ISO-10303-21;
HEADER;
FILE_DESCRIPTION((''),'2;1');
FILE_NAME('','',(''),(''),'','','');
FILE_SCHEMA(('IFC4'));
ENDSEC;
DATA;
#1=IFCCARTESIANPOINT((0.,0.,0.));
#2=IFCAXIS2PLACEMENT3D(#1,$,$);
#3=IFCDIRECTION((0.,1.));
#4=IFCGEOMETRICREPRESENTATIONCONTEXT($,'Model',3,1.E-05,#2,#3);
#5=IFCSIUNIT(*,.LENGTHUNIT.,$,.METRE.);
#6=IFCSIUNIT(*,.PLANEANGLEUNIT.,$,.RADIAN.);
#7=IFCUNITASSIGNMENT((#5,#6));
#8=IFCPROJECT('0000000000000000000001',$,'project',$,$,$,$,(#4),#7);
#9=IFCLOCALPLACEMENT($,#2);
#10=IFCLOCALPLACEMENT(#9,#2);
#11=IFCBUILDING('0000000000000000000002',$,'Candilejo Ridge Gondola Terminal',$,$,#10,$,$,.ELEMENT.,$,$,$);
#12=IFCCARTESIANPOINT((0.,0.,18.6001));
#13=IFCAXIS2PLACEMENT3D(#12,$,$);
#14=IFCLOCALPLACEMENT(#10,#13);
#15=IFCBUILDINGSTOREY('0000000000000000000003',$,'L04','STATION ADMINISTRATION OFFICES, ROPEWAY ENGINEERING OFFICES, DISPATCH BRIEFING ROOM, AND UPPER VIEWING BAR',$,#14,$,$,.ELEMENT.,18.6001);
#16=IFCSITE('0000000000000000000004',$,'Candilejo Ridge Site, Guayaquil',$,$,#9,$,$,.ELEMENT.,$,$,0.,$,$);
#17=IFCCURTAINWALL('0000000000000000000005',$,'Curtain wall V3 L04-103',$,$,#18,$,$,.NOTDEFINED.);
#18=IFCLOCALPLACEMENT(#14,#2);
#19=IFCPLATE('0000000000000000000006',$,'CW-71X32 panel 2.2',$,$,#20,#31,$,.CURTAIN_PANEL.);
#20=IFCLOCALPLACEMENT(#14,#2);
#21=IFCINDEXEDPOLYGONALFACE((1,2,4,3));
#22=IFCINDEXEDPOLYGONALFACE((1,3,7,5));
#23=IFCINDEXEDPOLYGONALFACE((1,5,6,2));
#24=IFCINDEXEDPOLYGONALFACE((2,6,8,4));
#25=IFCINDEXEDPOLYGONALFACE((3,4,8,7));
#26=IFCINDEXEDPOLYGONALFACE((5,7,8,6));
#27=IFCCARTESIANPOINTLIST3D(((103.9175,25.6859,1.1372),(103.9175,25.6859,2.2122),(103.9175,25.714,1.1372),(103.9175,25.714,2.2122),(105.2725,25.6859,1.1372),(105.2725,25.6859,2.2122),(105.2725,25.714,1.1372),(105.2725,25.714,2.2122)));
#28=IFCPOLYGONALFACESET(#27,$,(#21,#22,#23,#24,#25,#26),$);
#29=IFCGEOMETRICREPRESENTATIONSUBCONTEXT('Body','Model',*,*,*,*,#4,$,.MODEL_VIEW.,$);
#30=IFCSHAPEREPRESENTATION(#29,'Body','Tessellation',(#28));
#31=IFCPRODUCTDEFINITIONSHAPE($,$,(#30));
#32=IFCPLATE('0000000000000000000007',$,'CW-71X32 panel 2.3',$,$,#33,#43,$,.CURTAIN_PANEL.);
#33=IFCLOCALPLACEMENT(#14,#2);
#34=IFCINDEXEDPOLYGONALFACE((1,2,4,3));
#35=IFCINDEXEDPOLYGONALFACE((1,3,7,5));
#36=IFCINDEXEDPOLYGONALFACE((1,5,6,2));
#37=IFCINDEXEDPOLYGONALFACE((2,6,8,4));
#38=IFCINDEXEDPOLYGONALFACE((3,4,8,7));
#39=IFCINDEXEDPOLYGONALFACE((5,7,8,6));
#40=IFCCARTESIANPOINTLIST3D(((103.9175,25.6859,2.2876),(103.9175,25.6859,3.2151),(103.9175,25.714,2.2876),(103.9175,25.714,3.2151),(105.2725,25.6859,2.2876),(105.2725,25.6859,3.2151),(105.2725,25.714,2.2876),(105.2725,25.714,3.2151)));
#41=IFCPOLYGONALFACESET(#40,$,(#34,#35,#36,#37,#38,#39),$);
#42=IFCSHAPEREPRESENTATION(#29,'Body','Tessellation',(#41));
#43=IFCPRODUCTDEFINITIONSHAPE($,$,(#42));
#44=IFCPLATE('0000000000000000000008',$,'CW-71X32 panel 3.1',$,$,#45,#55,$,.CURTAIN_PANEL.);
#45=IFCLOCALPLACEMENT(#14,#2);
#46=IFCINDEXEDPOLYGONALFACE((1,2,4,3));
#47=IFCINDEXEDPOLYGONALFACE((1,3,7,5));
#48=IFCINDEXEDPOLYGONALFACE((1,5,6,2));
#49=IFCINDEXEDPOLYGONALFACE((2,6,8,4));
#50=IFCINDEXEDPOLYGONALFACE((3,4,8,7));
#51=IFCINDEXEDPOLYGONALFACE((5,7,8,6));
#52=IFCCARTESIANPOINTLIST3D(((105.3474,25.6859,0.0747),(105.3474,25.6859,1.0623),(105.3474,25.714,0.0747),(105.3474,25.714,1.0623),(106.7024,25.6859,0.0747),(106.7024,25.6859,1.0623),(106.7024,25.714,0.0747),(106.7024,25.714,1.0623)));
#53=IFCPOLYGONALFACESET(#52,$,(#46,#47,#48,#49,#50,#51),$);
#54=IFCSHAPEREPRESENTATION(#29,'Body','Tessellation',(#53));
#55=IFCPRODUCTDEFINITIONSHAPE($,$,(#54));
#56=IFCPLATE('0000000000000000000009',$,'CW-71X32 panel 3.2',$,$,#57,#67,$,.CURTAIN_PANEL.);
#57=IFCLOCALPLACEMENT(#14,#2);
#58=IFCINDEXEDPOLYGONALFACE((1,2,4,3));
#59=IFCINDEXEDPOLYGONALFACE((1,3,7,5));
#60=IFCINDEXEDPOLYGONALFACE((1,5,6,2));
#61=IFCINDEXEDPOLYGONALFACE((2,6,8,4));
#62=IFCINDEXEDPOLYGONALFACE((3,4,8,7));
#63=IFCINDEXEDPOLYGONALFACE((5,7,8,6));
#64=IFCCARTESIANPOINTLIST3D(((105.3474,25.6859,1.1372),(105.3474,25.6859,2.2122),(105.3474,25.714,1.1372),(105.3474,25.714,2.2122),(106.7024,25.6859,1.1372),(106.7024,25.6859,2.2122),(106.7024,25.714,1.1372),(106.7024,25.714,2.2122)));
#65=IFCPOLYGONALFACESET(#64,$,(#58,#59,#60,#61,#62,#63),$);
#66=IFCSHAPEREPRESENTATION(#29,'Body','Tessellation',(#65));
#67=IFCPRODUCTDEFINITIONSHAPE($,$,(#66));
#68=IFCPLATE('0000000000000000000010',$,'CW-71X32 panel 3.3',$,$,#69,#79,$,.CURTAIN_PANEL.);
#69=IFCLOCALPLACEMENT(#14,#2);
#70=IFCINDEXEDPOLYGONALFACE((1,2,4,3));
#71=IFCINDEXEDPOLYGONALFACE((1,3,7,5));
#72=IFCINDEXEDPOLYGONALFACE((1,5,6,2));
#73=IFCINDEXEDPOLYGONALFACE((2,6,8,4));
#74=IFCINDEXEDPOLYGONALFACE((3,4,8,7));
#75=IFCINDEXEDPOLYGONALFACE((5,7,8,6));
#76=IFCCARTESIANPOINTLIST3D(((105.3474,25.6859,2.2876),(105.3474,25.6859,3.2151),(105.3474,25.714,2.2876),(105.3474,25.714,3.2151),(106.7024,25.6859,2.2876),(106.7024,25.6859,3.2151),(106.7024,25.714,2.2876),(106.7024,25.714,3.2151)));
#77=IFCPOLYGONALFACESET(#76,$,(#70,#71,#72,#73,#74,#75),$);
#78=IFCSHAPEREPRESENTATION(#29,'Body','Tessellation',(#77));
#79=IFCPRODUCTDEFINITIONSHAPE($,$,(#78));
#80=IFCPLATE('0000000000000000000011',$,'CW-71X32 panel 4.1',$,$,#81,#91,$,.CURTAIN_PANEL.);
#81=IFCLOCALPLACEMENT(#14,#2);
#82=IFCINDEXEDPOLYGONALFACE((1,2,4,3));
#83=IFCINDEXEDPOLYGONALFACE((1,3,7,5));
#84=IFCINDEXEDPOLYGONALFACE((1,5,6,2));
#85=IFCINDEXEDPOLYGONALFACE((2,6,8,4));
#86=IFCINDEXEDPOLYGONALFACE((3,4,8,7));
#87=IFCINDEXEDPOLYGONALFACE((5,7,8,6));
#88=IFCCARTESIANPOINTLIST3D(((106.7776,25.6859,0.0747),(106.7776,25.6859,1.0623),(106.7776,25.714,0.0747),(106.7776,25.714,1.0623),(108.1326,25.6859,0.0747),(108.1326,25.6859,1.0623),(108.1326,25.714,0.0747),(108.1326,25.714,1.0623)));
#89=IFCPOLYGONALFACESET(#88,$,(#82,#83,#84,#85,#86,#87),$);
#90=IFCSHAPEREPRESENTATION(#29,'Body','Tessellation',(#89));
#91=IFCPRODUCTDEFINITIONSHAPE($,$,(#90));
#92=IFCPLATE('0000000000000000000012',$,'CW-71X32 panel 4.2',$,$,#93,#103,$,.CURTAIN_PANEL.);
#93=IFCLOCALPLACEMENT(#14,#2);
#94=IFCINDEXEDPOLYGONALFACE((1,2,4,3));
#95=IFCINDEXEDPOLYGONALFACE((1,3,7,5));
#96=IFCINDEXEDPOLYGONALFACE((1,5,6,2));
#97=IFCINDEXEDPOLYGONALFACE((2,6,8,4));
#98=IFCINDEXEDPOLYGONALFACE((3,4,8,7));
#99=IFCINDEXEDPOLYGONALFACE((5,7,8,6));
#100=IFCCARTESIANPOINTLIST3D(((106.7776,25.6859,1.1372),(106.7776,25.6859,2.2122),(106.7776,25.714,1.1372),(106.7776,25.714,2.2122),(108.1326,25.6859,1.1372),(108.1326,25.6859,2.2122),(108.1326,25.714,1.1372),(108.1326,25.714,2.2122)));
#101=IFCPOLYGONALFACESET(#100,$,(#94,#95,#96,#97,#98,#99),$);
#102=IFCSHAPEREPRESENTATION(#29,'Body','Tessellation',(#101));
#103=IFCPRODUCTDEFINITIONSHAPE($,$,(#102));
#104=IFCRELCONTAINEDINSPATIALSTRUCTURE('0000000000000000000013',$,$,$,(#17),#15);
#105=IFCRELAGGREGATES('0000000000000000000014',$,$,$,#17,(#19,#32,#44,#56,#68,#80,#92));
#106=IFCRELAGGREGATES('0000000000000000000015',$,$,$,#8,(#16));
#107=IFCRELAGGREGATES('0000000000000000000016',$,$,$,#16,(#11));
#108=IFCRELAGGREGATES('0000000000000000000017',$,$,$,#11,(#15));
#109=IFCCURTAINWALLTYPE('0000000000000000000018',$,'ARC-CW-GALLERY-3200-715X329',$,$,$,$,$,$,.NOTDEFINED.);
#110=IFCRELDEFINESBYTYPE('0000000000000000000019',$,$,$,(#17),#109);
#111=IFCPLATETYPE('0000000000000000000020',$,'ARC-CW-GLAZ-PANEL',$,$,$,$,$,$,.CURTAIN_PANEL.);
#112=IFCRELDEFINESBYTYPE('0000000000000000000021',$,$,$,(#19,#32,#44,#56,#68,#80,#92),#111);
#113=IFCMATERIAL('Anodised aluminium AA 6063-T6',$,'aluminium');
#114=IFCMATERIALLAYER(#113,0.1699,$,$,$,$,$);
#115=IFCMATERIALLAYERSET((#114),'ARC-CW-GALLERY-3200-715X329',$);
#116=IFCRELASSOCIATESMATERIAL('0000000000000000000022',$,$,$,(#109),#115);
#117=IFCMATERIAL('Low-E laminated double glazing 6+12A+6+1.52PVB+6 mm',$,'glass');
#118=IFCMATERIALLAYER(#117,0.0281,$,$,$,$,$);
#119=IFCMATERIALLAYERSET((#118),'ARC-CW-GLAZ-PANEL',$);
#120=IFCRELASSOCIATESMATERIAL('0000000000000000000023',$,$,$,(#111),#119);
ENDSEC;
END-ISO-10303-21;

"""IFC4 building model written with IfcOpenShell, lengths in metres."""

from ifc_helpers import new_model, si_unit, direction, frame, origin, origin_2d, place, context, subcontext, project, spatial, rectangle, extrude, material, layer, layer_set, type_object, element, aggregate, save


model = new_model("IFC4")

# Units and contexts
model_context = context("Model", 3, precision=1e-05, world=origin(), true_north=direction((0.0, 1.0)))
body_context = subcontext(model_context, "Body", "Model", "MODEL_VIEW")
ifc_project = project(units=[si_unit("LENGTHUNIT", "METRE"), si_unit("PLANEANGLEUNIT", "RADIAN")], contexts=[model_context])

# Site, building, storey
site_placement = place(None, origin())
site = spatial("IfcSite", under=ifc_project, at=site_placement, Name="Candilejo Ridge Site, Guayaquil", CompositionType="ELEMENT", RefElevation=0.0)
building_placement = place(site_placement, origin())
building = spatial("IfcBuilding", under=site, at=building_placement, Name="Candilejo Ridge Gondola Terminal", CompositionType="ELEMENT")
storey_placement = place(building_placement, frame((0.0, 0.0, 18.6001)))
storey = spatial("IfcBuildingStorey", under=building, at=storey_placement, Name="L04", Description="STATION ADMINISTRATION OFFICES, ROPEWAY ENGINEERING OFFICES, DISPATCH BRIEFING ROOM, AND UPPER VIEWING BAR", CompositionType="ELEMENT", Elevation=18.6001)

# Curtain wall, plates
ifc_material_1 = material(Name="Anodised aluminium AA 6063-T6", Category="aluminium")
ifc_layer_1 = layer(ifc_material_1, 0.1699)
ifc_layer_set_1 = layer_set([ifc_layer_1], Name="ARC-CW-GALLERY-3200-715X329")
curtain_wall_type = type_object("IfcCurtainWallType", Name="ARC-CW-GALLERY-3200-715X329", PredefinedType="NOTDEFINED", material=ifc_layer_set_1)
curtain_wall_placement = place(storey_placement, origin())
curtain_wall = element("IfcCurtainWall", 1, at=curtain_wall_placement, inside=storey, type_object=curtain_wall_type, Name="Curtain wall V3 L04-103", PredefinedType="NOTDEFINED")
ifc_material_2 = material(Name="Low-E laminated double glazing 6+12A+6+1.52PVB+6 mm", Category="glass")
ifc_layer_2 = layer(ifc_material_2, 0.0281)
ifc_layer_set_2 = layer_set([ifc_layer_2], Name="ARC-CW-GLAZ-PANEL")
plate_type = type_object("IfcPlateType", Name="ARC-CW-GLAZ-PANEL", PredefinedType="CURTAIN_PANEL", material=ifc_layer_set_2)
plate_1_placement = place(storey_placement, frame((104.595, 25.7, 1.1372), z_axis=(0.0, 0.0, 1.0), x_axis=(1.0, 0.0, 0.0)))
plate_1 = element("IfcPlate", 2, at=plate_1_placement, type_object=plate_type, Name="CW-71X32 panel 2.2", PredefinedType="CURTAIN_PANEL", context=body_context, shape_type="SweptSolid", body=[
    extrude(rectangle(XDim=1.355, YDim=0.0281, at=origin_2d()), origin(), (0.0, 0.0, 1.0), 1.075),
])
plate_2_placement = place(storey_placement, frame((104.595, 25.7, 2.2876), z_axis=(0.0, 0.0, 1.0), x_axis=(1.0, 0.0, 0.0)))
plate_2 = element("IfcPlate", 3, at=plate_2_placement, type_object=plate_type, Name="CW-71X32 panel 2.3", PredefinedType="CURTAIN_PANEL", context=body_context, shape_type="SweptSolid", body=[
    extrude(rectangle(XDim=1.355, YDim=0.0281, at=origin_2d()), origin(), (0.0, 0.0, 1.0), 0.9275),
])
plate_3_placement = place(storey_placement, frame((106.0249, 25.7, 0.0747), z_axis=(0.0, 0.0, 1.0), x_axis=(1.0, 0.0, 0.0)))
plate_3 = element("IfcPlate", 4, at=plate_3_placement, type_object=plate_type, Name="CW-71X32 panel 3.1", PredefinedType="CURTAIN_PANEL", context=body_context, shape_type="SweptSolid", body=[
    extrude(rectangle(XDim=1.355, YDim=0.0281, at=origin_2d()), origin(), (0.0, 0.0, 1.0), 0.9875),
])
plate_4_placement = place(storey_placement, frame((106.0249, 25.7, 1.1372), z_axis=(0.0, 0.0, 1.0), x_axis=(1.0, 0.0, 0.0)))
plate_4 = element("IfcPlate", 5, at=plate_4_placement, type_object=plate_type, Name="CW-71X32 panel 3.2", PredefinedType="CURTAIN_PANEL", context=body_context, shape_type="SweptSolid", body=[
    extrude(rectangle(XDim=1.355, YDim=0.0281, at=origin_2d()), origin(), (0.0, 0.0, 1.0), 1.075),
])
plate_5_placement = place(storey_placement, frame((106.0249, 25.7, 2.2876), z_axis=(0.0, 0.0, 1.0), x_axis=(1.0, 0.0, 0.0)))
plate_5 = element("IfcPlate", 6, at=plate_5_placement, type_object=plate_type, Name="CW-71X32 panel 3.3", PredefinedType="CURTAIN_PANEL", context=body_context, shape_type="SweptSolid", body=[
    extrude(rectangle(XDim=1.355, YDim=0.0281, at=origin_2d()), origin(), (0.0, 0.0, 1.0), 0.9275),
])
plate_6_placement = place(storey_placement, frame((107.4551, 25.7, 0.0747), z_axis=(0.0, 0.0, 1.0), x_axis=(1.0, 0.0, 0.0)))
plate_6 = element("IfcPlate", 7, at=plate_6_placement, type_object=plate_type, Name="CW-71X32 panel 4.1", PredefinedType="CURTAIN_PANEL", context=body_context, shape_type="SweptSolid", body=[
    extrude(rectangle(XDim=1.355, YDim=0.0281, at=origin_2d()), origin(), (0.0, 0.0, 1.0), 0.9875),
])
plate_7_placement = place(storey_placement, frame((107.4551, 25.7, 1.1372), z_axis=(0.0, 0.0, 1.0), x_axis=(1.0, 0.0, 0.0)))
plate_7 = element("IfcPlate", 8, at=plate_7_placement, type_object=plate_type, Name="CW-71X32 panel 4.2", PredefinedType="CURTAIN_PANEL", context=body_context, shape_type="SweptSolid", body=[
    extrude(rectangle(XDim=1.355, YDim=0.0281, at=origin_2d()), origin(), (0.0, 0.0, 1.0), 1.075),
])
aggregate(curtain_wall, [plate_1, plate_2, plate_3, plate_4, plate_5, plate_6, plate_7])

save(model, "model.ifc")
